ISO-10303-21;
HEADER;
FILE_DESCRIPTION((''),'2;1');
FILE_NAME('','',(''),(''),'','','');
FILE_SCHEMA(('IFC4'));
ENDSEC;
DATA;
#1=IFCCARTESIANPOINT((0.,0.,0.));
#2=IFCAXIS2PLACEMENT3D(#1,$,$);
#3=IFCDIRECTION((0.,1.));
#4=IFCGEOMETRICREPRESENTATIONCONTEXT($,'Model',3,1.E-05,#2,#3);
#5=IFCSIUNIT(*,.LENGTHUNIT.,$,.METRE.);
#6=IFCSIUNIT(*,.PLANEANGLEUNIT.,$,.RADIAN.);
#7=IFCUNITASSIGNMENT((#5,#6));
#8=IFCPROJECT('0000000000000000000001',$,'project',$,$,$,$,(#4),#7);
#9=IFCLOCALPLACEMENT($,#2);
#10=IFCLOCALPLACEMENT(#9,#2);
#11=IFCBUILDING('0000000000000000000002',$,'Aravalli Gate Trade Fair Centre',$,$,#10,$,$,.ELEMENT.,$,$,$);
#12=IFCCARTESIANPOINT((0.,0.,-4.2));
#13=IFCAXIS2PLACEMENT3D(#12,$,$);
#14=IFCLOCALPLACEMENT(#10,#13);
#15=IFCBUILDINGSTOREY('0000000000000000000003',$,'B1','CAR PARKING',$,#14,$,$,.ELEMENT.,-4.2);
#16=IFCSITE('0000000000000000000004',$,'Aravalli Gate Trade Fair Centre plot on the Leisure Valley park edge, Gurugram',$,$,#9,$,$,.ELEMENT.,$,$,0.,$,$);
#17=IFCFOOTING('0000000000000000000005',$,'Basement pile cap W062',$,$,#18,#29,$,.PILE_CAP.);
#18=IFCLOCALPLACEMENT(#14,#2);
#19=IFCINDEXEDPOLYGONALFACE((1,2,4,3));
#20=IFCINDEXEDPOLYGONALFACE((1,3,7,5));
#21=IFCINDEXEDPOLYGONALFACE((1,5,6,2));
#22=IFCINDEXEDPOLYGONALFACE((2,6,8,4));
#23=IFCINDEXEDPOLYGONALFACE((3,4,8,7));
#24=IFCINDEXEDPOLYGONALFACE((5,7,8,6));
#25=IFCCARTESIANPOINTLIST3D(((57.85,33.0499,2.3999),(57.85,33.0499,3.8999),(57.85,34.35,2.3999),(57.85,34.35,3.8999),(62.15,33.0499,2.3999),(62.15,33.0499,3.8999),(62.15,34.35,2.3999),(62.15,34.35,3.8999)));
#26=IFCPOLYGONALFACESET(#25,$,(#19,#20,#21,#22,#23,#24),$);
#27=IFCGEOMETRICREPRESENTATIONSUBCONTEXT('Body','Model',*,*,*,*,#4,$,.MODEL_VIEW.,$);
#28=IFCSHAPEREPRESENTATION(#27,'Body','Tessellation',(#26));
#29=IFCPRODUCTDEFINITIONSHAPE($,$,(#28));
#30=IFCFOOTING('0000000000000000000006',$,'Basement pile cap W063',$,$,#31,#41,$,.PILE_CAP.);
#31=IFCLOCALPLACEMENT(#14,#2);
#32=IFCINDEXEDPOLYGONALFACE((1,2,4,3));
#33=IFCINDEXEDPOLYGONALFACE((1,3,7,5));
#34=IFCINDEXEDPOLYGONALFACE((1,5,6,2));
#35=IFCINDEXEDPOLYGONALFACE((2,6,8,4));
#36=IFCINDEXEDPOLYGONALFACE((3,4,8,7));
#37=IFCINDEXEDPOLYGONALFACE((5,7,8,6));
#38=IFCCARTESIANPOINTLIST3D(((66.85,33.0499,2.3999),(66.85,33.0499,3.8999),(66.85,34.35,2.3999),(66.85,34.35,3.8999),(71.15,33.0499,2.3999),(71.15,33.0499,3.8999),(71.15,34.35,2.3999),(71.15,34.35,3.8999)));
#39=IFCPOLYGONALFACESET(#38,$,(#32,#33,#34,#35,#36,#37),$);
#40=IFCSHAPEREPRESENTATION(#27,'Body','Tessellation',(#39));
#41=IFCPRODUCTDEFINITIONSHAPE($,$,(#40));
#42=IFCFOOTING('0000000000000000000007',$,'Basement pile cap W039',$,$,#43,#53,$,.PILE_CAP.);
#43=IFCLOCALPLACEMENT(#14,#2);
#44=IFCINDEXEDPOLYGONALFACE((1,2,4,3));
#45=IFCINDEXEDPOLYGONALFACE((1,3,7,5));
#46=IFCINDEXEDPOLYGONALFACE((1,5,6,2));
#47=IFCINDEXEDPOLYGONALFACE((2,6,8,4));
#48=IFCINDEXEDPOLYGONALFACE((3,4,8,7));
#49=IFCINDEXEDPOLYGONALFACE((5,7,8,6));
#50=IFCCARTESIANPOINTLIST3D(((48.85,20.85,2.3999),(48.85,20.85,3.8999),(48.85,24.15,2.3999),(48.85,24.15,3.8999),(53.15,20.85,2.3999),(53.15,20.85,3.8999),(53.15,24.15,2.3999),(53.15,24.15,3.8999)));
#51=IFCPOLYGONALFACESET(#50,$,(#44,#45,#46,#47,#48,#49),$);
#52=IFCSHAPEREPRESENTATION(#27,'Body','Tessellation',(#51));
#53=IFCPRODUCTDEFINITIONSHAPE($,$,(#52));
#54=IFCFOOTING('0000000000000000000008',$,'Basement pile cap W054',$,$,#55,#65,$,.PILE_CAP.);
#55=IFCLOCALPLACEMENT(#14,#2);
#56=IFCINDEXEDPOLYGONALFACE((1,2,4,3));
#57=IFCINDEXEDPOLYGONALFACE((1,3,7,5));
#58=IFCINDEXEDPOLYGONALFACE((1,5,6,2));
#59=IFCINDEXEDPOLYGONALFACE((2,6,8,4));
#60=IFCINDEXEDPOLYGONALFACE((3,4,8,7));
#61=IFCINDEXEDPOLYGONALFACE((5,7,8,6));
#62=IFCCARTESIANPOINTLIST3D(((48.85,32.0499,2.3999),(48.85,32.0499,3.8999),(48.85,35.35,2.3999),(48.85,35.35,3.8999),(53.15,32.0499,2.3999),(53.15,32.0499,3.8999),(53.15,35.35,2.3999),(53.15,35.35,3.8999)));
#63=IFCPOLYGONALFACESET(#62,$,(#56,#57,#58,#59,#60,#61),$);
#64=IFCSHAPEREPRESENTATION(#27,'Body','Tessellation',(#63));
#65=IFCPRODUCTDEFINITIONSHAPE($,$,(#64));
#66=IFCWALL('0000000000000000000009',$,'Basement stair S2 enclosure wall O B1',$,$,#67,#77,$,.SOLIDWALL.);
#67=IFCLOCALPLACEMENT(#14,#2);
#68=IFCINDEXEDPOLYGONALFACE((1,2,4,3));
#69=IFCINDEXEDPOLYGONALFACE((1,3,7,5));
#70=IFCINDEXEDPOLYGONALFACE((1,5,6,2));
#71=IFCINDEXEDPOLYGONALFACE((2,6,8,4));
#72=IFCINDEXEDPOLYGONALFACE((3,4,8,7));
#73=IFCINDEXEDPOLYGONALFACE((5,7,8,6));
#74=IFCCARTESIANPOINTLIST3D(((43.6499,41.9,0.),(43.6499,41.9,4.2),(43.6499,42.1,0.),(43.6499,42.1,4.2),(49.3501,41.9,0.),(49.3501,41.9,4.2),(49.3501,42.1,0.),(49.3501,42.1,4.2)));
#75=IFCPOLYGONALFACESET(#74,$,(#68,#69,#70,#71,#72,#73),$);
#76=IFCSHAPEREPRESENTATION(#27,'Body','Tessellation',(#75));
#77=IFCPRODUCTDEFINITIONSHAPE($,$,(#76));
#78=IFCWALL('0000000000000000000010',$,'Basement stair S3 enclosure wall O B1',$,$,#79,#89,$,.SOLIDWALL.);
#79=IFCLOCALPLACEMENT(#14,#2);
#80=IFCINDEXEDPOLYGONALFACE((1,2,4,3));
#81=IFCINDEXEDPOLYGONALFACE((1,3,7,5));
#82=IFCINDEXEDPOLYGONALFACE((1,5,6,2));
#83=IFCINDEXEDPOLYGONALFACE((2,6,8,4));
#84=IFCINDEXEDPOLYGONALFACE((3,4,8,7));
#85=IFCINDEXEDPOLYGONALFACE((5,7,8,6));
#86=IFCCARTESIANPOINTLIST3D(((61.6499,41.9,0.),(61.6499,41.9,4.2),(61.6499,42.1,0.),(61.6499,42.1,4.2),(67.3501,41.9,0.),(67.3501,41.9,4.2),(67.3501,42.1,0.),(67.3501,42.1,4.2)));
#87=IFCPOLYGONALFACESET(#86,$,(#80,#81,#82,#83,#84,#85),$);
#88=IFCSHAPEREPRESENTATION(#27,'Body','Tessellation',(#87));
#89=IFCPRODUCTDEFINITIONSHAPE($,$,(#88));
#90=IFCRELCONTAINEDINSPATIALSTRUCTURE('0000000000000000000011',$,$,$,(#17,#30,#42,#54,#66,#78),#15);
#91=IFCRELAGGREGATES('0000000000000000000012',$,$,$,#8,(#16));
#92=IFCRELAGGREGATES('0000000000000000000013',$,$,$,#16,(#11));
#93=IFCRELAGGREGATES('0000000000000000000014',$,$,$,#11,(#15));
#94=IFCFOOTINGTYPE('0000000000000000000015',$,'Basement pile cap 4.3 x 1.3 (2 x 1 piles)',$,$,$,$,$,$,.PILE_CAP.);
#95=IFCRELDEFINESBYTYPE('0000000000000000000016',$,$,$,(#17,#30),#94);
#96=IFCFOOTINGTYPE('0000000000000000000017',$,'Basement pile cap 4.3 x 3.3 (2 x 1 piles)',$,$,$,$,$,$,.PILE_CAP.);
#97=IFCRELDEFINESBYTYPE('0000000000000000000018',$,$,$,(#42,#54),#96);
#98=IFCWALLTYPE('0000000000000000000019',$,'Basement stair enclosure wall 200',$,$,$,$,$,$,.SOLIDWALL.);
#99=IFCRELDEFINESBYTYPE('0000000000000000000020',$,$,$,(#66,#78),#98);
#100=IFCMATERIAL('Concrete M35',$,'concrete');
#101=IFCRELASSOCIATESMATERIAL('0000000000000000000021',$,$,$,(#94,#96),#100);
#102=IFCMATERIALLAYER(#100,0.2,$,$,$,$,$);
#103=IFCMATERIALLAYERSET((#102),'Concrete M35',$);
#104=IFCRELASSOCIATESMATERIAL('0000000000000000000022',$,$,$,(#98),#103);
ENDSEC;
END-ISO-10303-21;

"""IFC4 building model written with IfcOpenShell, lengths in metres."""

from ifc_helpers import new_model, si_unit, direction, frame, frame_2d, origin, origin_2d, place, context, subcontext, project, spatial, rectangle, extrude, material, layer, layer_set, type_object, element, save


model = new_model("IFC4")

# Units and contexts
model_context = context("Model", 3, precision=1e-05, world=origin(), true_north=direction((0.0, 1.0)))
body_context = subcontext(model_context, "Body", "Model", "MODEL_VIEW")
ifc_project = project(units=[si_unit("LENGTHUNIT", "METRE"), si_unit("PLANEANGLEUNIT", "RADIAN")], contexts=[model_context])

# Site, building, storey
site_placement = place(None, origin())
site = spatial("IfcSite", under=ifc_project, at=site_placement, Name="Aravalli Gate Trade Fair Centre plot on the Leisure Valley park edge, Gurugram", CompositionType="ELEMENT", RefElevation=0.0)
building_placement = place(site_placement, origin())
building = spatial("IfcBuilding", under=site, at=building_placement, Name="Aravalli Gate Trade Fair Centre", CompositionType="ELEMENT")
storey_placement = place(building_placement, frame((0.0, 0.0, -4.2)))
storey = spatial("IfcBuildingStorey", under=building, at=storey_placement, Name="B1", Description="CAR PARKING", CompositionType="ELEMENT", Elevation=-4.2)

# Shared definitions
ifc_material_1 = material(Name="Concrete M35", Category="concrete")

# Footings
footing_type_1 = type_object("IfcFootingType", Name="Basement pile cap 4.3 x 1.3 (2 x 1 piles)", PredefinedType="PILE_CAP", material=ifc_material_1)
for number, where, z_axis, x_axis, name in (
    (1, (60.0, 33.7, 2.3999), (0.0, 0.0, 1.0), (1.0, 0.0, 0.0), "Basement pile cap W062"),
    (2, (69.0, 33.7, 2.3999), (0.0, 0.0, 1.0), (1.0, 0.0, 0.0), "Basement pile cap W063"),
):
    element("IfcFooting", number, at=place(storey_placement, frame(where, z_axis=z_axis, x_axis=x_axis)), inside=storey, type_object=footing_type_1, Name=name, PredefinedType="PILE_CAP", context=body_context, shape_type="SweptSolid", body=[
        extrude(rectangle(XDim=4.3, YDim=1.3, at=origin_2d()), origin(), (0.0, 0.0, 1.0), 1.5),
    ])
footing_type_2 = type_object("IfcFootingType", Name="Basement pile cap 4.3 x 3.3 (2 x 1 piles)", PredefinedType="PILE_CAP", material=ifc_material_1)
for number, where, z_axis, x_axis, name in (
    (3, (51.0, 22.5, 2.3999), (0.0, 0.0, 1.0), (1.0, 0.0, 0.0), "Basement pile cap W039"),
    (4, (51.0, 33.7, 2.3999), (0.0, 0.0, 1.0), (1.0, 0.0, 0.0), "Basement pile cap W054"),
):
    element("IfcFooting", number, at=place(storey_placement, frame(where, z_axis=z_axis, x_axis=x_axis)), inside=storey, type_object=footing_type_2, Name=name, PredefinedType="PILE_CAP", context=body_context, shape_type="SweptSolid", body=[
        extrude(rectangle(XDim=4.3, YDim=3.3, at=origin_2d()), origin(), (0.0, 0.0, 1.0), 1.5),
    ])

# Walls
ifc_layer = layer(ifc_material_1, 0.2)
ifc_layer_set = layer_set([ifc_layer], Name="Concrete M35")
wall_type = type_object("IfcWallType", Name="Basement stair enclosure wall 200", PredefinedType="SOLIDWALL", material=ifc_layer_set)
for number, where, z_axis, x_axis, name in (
    (5, (43.6499, 42.0, 0.0), (0.0, 0.0, 1.0), (1.0, 0.0, 0.0), "Basement stair S2 enclosure wall O B1"),
    (6, (61.6499, 42.0, 0.0), (0.0, 0.0, 1.0), (1.0, 0.0, 0.0), "Basement stair S3 enclosure wall O B1"),
):
    element("IfcWall", number, at=place(storey_placement, frame(where, z_axis=z_axis, x_axis=x_axis)), inside=storey, type_object=wall_type, Name=name, PredefinedType="SOLIDWALL", context=body_context, shape_type="SweptSolid", body=[
        extrude(rectangle(XDim=5.7002, YDim=0.2, at=frame_2d((2.8501, 0.0))), origin(), (0.0, 0.0, 1.0), 4.2),
    ])

save(model, "model.ifc")
